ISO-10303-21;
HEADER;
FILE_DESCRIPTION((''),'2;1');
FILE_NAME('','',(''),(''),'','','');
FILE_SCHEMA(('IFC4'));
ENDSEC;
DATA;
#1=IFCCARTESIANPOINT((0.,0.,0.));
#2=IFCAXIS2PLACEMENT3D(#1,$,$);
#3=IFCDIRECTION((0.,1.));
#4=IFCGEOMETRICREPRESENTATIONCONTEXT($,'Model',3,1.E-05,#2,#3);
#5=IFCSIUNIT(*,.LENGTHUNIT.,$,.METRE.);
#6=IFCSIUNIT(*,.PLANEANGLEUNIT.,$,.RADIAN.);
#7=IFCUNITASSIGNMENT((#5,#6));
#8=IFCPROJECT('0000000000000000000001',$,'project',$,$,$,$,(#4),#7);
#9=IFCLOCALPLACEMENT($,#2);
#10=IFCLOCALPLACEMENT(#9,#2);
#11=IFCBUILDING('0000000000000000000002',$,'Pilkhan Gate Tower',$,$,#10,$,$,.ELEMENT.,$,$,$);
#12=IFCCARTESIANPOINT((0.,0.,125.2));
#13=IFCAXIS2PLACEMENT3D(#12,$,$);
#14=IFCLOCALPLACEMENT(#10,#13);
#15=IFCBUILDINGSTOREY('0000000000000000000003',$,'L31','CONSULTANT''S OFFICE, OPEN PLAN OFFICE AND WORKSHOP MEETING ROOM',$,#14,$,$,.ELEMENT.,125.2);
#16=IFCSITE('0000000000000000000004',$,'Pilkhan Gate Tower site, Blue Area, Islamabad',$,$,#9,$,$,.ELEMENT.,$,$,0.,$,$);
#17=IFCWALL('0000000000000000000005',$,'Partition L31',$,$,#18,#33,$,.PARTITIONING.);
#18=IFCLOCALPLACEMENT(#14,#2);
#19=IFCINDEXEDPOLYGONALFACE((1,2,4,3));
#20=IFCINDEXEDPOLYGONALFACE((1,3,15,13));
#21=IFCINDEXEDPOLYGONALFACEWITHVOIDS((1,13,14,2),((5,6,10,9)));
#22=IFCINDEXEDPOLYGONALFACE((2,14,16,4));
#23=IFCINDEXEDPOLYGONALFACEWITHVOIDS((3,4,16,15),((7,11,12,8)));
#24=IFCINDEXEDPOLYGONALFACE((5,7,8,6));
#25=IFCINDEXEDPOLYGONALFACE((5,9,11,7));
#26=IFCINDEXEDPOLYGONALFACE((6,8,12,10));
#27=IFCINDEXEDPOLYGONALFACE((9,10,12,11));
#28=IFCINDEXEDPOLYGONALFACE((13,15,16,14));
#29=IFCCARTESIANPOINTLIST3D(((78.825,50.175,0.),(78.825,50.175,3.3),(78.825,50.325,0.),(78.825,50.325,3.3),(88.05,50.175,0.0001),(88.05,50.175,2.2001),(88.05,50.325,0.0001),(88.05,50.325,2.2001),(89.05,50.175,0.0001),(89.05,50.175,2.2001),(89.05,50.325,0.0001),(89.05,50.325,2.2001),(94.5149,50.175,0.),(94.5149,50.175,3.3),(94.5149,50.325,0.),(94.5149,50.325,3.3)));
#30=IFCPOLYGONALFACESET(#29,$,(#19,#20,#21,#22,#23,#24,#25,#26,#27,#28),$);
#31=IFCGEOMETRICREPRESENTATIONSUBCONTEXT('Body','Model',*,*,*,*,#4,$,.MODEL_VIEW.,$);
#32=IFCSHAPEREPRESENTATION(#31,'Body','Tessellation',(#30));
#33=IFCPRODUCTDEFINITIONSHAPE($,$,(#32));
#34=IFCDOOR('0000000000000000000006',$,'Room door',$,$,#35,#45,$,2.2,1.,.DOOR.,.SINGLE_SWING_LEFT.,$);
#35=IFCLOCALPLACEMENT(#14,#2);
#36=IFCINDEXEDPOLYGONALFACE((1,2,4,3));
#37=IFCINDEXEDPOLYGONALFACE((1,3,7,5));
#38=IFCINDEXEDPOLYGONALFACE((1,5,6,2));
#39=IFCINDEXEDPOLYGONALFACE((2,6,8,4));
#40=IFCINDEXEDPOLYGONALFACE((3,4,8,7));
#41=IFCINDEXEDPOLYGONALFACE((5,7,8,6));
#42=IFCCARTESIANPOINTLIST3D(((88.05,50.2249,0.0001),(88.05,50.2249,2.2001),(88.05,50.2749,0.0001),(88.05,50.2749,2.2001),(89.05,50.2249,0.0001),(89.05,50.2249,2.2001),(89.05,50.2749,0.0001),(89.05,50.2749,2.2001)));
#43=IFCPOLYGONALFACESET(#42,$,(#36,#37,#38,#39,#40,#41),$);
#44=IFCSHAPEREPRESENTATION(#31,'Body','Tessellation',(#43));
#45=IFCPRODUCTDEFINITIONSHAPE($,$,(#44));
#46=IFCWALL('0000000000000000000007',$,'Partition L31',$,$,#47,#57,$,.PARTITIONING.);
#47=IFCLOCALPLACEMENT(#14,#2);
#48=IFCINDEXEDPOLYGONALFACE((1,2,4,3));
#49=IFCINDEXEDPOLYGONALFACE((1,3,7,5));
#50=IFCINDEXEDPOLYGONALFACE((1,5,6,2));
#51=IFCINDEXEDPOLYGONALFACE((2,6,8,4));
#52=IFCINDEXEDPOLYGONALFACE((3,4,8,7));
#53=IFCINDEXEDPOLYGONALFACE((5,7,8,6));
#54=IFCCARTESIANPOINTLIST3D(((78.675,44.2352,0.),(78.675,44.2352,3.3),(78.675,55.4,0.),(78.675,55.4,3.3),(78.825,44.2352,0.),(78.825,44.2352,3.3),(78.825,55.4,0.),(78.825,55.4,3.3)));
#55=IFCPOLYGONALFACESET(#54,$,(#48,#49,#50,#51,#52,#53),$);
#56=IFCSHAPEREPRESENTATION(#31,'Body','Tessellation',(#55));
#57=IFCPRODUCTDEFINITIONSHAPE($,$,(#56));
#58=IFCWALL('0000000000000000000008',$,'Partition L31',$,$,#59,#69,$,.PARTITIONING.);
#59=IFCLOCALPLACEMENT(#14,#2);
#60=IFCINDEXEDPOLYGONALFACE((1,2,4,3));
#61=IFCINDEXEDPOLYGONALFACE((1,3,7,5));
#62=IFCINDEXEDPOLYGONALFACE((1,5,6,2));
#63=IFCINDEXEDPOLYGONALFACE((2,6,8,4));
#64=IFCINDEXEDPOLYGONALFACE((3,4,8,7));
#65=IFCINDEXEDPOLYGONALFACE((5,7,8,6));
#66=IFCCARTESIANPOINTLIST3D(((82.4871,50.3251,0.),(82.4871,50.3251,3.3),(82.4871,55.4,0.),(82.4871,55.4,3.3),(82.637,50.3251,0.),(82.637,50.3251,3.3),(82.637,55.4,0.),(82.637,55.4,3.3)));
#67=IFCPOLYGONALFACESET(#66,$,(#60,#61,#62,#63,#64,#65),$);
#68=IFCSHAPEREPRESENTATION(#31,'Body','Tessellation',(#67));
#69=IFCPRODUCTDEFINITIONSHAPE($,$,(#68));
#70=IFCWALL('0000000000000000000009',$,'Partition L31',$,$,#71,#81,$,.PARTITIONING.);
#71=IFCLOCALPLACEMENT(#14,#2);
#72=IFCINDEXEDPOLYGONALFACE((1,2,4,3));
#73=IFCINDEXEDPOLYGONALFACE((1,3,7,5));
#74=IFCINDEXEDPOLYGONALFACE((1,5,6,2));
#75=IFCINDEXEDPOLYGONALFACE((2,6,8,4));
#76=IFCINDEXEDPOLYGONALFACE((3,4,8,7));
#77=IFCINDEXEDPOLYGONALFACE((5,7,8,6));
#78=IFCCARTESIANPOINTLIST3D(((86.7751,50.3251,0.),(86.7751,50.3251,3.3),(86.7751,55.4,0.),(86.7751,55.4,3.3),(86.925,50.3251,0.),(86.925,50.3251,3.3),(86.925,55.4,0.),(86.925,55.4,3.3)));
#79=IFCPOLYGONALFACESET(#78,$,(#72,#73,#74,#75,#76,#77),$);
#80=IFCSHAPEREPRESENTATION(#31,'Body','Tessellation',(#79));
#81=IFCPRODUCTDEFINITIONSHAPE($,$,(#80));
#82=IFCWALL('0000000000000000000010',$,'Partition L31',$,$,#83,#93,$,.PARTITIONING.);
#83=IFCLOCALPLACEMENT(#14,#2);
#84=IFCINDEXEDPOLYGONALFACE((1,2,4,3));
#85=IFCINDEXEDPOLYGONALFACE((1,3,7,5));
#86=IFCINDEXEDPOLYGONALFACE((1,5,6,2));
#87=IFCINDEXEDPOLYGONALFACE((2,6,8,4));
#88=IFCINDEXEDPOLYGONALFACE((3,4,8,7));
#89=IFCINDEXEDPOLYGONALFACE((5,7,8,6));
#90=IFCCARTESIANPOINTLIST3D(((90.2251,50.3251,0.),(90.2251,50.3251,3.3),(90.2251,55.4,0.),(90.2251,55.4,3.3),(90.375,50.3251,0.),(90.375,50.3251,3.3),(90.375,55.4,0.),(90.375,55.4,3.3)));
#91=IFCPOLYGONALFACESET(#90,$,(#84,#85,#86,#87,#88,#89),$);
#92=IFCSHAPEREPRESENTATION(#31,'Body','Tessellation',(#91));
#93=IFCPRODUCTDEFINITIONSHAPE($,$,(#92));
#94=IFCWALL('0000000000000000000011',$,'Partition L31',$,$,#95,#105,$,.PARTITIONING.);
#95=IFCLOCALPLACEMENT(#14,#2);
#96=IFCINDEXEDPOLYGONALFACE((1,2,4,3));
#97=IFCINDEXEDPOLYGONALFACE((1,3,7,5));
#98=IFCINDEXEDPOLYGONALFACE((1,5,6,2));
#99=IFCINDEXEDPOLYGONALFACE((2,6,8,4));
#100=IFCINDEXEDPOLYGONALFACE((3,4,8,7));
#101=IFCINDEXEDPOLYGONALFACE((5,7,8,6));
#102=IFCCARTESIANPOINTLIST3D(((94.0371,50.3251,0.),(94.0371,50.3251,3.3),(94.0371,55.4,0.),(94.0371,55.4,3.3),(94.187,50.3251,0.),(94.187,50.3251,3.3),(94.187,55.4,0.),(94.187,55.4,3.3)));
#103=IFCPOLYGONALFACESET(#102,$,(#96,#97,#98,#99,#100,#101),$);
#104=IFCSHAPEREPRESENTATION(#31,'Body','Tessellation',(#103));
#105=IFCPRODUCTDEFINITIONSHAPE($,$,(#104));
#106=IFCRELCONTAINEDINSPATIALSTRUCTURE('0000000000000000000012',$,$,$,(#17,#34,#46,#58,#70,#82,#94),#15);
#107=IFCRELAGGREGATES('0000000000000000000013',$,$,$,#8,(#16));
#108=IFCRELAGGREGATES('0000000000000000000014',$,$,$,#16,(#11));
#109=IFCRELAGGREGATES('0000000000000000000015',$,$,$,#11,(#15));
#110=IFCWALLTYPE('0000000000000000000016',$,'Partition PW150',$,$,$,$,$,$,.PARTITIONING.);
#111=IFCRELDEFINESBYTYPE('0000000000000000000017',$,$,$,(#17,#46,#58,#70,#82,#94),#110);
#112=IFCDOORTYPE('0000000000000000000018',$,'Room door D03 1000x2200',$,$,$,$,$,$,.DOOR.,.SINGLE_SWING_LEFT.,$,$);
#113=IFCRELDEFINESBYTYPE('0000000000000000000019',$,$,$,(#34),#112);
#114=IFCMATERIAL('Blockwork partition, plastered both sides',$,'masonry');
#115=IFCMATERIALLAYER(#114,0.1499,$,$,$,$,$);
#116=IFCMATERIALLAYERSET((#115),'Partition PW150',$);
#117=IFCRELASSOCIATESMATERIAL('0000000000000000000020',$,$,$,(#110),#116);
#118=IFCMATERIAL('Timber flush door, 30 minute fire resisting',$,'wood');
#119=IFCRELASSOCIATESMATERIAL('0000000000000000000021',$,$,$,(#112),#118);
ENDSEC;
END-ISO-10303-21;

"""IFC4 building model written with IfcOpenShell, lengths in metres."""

from ifc_helpers import new_model, si_unit, direction, frame, frame_2d, origin, place, context, subcontext, project, spatial, rectangle, extrude, material, layer, layer_set, type_object, element, fill, save


model = new_model("IFC4")

# Units and contexts
model_context = context("Model", 3, precision=1e-05, world=origin(), true_north=direction((0.0, 1.0)))
body_context = subcontext(model_context, "Body", "Model", "MODEL_VIEW")
ifc_project = project(units=[si_unit("LENGTHUNIT", "METRE"), si_unit("PLANEANGLEUNIT", "RADIAN")], contexts=[model_context])

# Site, building, storey
site_placement = place(None, origin())
site = spatial("IfcSite", under=ifc_project, at=site_placement, Name="Pilkhan Gate Tower site, Blue Area, Islamabad", CompositionType="ELEMENT", RefElevation=0.0)
building_placement = place(site_placement, origin())
building = spatial("IfcBuilding", under=site, at=building_placement, Name="Pilkhan Gate Tower", CompositionType="ELEMENT")
storey_placement = place(building_placement, frame((0.0, 0.0, 125.2)))
storey = spatial("IfcBuildingStorey", under=building, at=storey_placement, Name="L31", Description="CONSULTANT'S OFFICE, OPEN PLAN OFFICE AND WORKSHOP MEETING ROOM", CompositionType="ELEMENT", Elevation=125.2)

# Wall, opening, door
ifc_material_1 = material(Name="Blockwork partition, plastered both sides", Category="masonry")
ifc_layer_1 = layer(ifc_material_1, 0.1499)
ifc_layer_set_1 = layer_set([ifc_layer_1], Name="Partition PW150")
wall_type = type_object("IfcWallType", Name="Partition PW150", PredefinedType="PARTITIONING", material=ifc_layer_set_1)
wall_1_placement = place(storey_placement, frame((78.825, 50.25, 0.0), z_axis=(0.0, 0.0, 1.0), x_axis=(1.0, 0.0, 0.0)))
wall_1 = element("IfcWall", 1, at=wall_1_placement, inside=storey, type_object=wall_type, Name="Partition L31", PredefinedType="PARTITIONING", context=body_context, shape_type="SweptSolid", body=[
    extrude(rectangle(XDim=15.6899, YDim=0.1499, at=frame_2d((7.845, 0.0))), origin(), (0.0, 0.0, 1.0), 3.3),
])
opening_placement = place(wall_1_placement, frame((9.2251, 0.0, 0.0)))
opening = element("IfcOpeningElement", 2, at=opening_placement, cuts=wall_1, PredefinedType="OPENING", context=body_context, shape_type="SweptSolid", body=[
    extrude(rectangle(XDim=1.0, YDim=2.2, at=frame_2d((0.5, 1.1001))), frame((0.0, 0.085, 0.0), z_axis=(0.0, -1.0, 0.0), x_axis=(1.0, 0.0, 0.0)), (0.0, 0.0, 1.0), 0.1699),
])
ifc_material_2 = material(Name="Timber flush door, 30 minute fire resisting", Category="wood")
door_type = type_object("IfcDoorType", Name="Room door D03 1000x2200", OperationType="SINGLE_SWING_LEFT", PredefinedType="DOOR", material=ifc_material_2)
door_placement = place(opening_placement, origin())
door = element("IfcDoor", 3, at=door_placement, inside=storey, type_object=door_type, Name="Room door", OperationType="SINGLE_SWING_LEFT", OverallHeight=2.2, OverallWidth=1.0, PredefinedType="DOOR", context=body_context, shape_type="SweptSolid", body=[
    extrude(rectangle(XDim=1.0, YDim=2.2, at=frame_2d((0.5, 1.1001))), frame((0.0, 0.0249, 0.0), z_axis=(0.0, -1.0, 0.0), x_axis=(1.0, 0.0, 0.0)), (0.0, 0.0, 1.0), 0.05),
])
fill(opening, door)

# Walls
wall_2_placement = place(storey_placement, frame((78.75, 44.2351, 0.0), z_axis=(0.0, 0.0, 1.0), x_axis=(0.0, 1.0, 0.0)))
element("IfcWall", 4, at=wall_2_placement, inside=storey, type_object=wall_type, Name="Partition L31", PredefinedType="PARTITIONING", context=body_context, shape_type="SweptSolid", body=[
    extrude(rectangle(XDim=11.1648, YDim=0.1499, at=frame_2d((5.5825, 0.0))), origin(), (0.0, 0.0, 1.0), 3.3),
])
for number, where, z_axis, x_axis, name in (
    (5, (82.562, 50.325, 0.0), (0.0, 0.0, 1.0), (0.0, 1.0, 0.0), "Partition L31"),
    (6, (86.8501, 50.325, 0.0), (0.0, 0.0, 1.0), (0.0, 1.0, 0.0), "Partition L31"),
    (7, (90.3, 50.325, 0.0), (0.0, 0.0, 1.0), (0.0, 1.0, 0.0), "Partition L31"),
    (8, (94.1121, 50.325, 0.0), (0.0, 0.0, 1.0), (0.0, 1.0, 0.0), "Partition L31"),
):
    element("IfcWall", number, at=place(storey_placement, frame(where, z_axis=z_axis, x_axis=x_axis)), inside=storey, type_object=wall_type, Name=name, PredefinedType="PARTITIONING", context=body_context, shape_type="SweptSolid", body=[
        extrude(rectangle(XDim=5.075, YDim=0.1499, at=frame_2d((2.5376, 0.0))), origin(), (0.0, 0.0, 1.0), 3.3),
    ])

save(model, "model.ifc")
